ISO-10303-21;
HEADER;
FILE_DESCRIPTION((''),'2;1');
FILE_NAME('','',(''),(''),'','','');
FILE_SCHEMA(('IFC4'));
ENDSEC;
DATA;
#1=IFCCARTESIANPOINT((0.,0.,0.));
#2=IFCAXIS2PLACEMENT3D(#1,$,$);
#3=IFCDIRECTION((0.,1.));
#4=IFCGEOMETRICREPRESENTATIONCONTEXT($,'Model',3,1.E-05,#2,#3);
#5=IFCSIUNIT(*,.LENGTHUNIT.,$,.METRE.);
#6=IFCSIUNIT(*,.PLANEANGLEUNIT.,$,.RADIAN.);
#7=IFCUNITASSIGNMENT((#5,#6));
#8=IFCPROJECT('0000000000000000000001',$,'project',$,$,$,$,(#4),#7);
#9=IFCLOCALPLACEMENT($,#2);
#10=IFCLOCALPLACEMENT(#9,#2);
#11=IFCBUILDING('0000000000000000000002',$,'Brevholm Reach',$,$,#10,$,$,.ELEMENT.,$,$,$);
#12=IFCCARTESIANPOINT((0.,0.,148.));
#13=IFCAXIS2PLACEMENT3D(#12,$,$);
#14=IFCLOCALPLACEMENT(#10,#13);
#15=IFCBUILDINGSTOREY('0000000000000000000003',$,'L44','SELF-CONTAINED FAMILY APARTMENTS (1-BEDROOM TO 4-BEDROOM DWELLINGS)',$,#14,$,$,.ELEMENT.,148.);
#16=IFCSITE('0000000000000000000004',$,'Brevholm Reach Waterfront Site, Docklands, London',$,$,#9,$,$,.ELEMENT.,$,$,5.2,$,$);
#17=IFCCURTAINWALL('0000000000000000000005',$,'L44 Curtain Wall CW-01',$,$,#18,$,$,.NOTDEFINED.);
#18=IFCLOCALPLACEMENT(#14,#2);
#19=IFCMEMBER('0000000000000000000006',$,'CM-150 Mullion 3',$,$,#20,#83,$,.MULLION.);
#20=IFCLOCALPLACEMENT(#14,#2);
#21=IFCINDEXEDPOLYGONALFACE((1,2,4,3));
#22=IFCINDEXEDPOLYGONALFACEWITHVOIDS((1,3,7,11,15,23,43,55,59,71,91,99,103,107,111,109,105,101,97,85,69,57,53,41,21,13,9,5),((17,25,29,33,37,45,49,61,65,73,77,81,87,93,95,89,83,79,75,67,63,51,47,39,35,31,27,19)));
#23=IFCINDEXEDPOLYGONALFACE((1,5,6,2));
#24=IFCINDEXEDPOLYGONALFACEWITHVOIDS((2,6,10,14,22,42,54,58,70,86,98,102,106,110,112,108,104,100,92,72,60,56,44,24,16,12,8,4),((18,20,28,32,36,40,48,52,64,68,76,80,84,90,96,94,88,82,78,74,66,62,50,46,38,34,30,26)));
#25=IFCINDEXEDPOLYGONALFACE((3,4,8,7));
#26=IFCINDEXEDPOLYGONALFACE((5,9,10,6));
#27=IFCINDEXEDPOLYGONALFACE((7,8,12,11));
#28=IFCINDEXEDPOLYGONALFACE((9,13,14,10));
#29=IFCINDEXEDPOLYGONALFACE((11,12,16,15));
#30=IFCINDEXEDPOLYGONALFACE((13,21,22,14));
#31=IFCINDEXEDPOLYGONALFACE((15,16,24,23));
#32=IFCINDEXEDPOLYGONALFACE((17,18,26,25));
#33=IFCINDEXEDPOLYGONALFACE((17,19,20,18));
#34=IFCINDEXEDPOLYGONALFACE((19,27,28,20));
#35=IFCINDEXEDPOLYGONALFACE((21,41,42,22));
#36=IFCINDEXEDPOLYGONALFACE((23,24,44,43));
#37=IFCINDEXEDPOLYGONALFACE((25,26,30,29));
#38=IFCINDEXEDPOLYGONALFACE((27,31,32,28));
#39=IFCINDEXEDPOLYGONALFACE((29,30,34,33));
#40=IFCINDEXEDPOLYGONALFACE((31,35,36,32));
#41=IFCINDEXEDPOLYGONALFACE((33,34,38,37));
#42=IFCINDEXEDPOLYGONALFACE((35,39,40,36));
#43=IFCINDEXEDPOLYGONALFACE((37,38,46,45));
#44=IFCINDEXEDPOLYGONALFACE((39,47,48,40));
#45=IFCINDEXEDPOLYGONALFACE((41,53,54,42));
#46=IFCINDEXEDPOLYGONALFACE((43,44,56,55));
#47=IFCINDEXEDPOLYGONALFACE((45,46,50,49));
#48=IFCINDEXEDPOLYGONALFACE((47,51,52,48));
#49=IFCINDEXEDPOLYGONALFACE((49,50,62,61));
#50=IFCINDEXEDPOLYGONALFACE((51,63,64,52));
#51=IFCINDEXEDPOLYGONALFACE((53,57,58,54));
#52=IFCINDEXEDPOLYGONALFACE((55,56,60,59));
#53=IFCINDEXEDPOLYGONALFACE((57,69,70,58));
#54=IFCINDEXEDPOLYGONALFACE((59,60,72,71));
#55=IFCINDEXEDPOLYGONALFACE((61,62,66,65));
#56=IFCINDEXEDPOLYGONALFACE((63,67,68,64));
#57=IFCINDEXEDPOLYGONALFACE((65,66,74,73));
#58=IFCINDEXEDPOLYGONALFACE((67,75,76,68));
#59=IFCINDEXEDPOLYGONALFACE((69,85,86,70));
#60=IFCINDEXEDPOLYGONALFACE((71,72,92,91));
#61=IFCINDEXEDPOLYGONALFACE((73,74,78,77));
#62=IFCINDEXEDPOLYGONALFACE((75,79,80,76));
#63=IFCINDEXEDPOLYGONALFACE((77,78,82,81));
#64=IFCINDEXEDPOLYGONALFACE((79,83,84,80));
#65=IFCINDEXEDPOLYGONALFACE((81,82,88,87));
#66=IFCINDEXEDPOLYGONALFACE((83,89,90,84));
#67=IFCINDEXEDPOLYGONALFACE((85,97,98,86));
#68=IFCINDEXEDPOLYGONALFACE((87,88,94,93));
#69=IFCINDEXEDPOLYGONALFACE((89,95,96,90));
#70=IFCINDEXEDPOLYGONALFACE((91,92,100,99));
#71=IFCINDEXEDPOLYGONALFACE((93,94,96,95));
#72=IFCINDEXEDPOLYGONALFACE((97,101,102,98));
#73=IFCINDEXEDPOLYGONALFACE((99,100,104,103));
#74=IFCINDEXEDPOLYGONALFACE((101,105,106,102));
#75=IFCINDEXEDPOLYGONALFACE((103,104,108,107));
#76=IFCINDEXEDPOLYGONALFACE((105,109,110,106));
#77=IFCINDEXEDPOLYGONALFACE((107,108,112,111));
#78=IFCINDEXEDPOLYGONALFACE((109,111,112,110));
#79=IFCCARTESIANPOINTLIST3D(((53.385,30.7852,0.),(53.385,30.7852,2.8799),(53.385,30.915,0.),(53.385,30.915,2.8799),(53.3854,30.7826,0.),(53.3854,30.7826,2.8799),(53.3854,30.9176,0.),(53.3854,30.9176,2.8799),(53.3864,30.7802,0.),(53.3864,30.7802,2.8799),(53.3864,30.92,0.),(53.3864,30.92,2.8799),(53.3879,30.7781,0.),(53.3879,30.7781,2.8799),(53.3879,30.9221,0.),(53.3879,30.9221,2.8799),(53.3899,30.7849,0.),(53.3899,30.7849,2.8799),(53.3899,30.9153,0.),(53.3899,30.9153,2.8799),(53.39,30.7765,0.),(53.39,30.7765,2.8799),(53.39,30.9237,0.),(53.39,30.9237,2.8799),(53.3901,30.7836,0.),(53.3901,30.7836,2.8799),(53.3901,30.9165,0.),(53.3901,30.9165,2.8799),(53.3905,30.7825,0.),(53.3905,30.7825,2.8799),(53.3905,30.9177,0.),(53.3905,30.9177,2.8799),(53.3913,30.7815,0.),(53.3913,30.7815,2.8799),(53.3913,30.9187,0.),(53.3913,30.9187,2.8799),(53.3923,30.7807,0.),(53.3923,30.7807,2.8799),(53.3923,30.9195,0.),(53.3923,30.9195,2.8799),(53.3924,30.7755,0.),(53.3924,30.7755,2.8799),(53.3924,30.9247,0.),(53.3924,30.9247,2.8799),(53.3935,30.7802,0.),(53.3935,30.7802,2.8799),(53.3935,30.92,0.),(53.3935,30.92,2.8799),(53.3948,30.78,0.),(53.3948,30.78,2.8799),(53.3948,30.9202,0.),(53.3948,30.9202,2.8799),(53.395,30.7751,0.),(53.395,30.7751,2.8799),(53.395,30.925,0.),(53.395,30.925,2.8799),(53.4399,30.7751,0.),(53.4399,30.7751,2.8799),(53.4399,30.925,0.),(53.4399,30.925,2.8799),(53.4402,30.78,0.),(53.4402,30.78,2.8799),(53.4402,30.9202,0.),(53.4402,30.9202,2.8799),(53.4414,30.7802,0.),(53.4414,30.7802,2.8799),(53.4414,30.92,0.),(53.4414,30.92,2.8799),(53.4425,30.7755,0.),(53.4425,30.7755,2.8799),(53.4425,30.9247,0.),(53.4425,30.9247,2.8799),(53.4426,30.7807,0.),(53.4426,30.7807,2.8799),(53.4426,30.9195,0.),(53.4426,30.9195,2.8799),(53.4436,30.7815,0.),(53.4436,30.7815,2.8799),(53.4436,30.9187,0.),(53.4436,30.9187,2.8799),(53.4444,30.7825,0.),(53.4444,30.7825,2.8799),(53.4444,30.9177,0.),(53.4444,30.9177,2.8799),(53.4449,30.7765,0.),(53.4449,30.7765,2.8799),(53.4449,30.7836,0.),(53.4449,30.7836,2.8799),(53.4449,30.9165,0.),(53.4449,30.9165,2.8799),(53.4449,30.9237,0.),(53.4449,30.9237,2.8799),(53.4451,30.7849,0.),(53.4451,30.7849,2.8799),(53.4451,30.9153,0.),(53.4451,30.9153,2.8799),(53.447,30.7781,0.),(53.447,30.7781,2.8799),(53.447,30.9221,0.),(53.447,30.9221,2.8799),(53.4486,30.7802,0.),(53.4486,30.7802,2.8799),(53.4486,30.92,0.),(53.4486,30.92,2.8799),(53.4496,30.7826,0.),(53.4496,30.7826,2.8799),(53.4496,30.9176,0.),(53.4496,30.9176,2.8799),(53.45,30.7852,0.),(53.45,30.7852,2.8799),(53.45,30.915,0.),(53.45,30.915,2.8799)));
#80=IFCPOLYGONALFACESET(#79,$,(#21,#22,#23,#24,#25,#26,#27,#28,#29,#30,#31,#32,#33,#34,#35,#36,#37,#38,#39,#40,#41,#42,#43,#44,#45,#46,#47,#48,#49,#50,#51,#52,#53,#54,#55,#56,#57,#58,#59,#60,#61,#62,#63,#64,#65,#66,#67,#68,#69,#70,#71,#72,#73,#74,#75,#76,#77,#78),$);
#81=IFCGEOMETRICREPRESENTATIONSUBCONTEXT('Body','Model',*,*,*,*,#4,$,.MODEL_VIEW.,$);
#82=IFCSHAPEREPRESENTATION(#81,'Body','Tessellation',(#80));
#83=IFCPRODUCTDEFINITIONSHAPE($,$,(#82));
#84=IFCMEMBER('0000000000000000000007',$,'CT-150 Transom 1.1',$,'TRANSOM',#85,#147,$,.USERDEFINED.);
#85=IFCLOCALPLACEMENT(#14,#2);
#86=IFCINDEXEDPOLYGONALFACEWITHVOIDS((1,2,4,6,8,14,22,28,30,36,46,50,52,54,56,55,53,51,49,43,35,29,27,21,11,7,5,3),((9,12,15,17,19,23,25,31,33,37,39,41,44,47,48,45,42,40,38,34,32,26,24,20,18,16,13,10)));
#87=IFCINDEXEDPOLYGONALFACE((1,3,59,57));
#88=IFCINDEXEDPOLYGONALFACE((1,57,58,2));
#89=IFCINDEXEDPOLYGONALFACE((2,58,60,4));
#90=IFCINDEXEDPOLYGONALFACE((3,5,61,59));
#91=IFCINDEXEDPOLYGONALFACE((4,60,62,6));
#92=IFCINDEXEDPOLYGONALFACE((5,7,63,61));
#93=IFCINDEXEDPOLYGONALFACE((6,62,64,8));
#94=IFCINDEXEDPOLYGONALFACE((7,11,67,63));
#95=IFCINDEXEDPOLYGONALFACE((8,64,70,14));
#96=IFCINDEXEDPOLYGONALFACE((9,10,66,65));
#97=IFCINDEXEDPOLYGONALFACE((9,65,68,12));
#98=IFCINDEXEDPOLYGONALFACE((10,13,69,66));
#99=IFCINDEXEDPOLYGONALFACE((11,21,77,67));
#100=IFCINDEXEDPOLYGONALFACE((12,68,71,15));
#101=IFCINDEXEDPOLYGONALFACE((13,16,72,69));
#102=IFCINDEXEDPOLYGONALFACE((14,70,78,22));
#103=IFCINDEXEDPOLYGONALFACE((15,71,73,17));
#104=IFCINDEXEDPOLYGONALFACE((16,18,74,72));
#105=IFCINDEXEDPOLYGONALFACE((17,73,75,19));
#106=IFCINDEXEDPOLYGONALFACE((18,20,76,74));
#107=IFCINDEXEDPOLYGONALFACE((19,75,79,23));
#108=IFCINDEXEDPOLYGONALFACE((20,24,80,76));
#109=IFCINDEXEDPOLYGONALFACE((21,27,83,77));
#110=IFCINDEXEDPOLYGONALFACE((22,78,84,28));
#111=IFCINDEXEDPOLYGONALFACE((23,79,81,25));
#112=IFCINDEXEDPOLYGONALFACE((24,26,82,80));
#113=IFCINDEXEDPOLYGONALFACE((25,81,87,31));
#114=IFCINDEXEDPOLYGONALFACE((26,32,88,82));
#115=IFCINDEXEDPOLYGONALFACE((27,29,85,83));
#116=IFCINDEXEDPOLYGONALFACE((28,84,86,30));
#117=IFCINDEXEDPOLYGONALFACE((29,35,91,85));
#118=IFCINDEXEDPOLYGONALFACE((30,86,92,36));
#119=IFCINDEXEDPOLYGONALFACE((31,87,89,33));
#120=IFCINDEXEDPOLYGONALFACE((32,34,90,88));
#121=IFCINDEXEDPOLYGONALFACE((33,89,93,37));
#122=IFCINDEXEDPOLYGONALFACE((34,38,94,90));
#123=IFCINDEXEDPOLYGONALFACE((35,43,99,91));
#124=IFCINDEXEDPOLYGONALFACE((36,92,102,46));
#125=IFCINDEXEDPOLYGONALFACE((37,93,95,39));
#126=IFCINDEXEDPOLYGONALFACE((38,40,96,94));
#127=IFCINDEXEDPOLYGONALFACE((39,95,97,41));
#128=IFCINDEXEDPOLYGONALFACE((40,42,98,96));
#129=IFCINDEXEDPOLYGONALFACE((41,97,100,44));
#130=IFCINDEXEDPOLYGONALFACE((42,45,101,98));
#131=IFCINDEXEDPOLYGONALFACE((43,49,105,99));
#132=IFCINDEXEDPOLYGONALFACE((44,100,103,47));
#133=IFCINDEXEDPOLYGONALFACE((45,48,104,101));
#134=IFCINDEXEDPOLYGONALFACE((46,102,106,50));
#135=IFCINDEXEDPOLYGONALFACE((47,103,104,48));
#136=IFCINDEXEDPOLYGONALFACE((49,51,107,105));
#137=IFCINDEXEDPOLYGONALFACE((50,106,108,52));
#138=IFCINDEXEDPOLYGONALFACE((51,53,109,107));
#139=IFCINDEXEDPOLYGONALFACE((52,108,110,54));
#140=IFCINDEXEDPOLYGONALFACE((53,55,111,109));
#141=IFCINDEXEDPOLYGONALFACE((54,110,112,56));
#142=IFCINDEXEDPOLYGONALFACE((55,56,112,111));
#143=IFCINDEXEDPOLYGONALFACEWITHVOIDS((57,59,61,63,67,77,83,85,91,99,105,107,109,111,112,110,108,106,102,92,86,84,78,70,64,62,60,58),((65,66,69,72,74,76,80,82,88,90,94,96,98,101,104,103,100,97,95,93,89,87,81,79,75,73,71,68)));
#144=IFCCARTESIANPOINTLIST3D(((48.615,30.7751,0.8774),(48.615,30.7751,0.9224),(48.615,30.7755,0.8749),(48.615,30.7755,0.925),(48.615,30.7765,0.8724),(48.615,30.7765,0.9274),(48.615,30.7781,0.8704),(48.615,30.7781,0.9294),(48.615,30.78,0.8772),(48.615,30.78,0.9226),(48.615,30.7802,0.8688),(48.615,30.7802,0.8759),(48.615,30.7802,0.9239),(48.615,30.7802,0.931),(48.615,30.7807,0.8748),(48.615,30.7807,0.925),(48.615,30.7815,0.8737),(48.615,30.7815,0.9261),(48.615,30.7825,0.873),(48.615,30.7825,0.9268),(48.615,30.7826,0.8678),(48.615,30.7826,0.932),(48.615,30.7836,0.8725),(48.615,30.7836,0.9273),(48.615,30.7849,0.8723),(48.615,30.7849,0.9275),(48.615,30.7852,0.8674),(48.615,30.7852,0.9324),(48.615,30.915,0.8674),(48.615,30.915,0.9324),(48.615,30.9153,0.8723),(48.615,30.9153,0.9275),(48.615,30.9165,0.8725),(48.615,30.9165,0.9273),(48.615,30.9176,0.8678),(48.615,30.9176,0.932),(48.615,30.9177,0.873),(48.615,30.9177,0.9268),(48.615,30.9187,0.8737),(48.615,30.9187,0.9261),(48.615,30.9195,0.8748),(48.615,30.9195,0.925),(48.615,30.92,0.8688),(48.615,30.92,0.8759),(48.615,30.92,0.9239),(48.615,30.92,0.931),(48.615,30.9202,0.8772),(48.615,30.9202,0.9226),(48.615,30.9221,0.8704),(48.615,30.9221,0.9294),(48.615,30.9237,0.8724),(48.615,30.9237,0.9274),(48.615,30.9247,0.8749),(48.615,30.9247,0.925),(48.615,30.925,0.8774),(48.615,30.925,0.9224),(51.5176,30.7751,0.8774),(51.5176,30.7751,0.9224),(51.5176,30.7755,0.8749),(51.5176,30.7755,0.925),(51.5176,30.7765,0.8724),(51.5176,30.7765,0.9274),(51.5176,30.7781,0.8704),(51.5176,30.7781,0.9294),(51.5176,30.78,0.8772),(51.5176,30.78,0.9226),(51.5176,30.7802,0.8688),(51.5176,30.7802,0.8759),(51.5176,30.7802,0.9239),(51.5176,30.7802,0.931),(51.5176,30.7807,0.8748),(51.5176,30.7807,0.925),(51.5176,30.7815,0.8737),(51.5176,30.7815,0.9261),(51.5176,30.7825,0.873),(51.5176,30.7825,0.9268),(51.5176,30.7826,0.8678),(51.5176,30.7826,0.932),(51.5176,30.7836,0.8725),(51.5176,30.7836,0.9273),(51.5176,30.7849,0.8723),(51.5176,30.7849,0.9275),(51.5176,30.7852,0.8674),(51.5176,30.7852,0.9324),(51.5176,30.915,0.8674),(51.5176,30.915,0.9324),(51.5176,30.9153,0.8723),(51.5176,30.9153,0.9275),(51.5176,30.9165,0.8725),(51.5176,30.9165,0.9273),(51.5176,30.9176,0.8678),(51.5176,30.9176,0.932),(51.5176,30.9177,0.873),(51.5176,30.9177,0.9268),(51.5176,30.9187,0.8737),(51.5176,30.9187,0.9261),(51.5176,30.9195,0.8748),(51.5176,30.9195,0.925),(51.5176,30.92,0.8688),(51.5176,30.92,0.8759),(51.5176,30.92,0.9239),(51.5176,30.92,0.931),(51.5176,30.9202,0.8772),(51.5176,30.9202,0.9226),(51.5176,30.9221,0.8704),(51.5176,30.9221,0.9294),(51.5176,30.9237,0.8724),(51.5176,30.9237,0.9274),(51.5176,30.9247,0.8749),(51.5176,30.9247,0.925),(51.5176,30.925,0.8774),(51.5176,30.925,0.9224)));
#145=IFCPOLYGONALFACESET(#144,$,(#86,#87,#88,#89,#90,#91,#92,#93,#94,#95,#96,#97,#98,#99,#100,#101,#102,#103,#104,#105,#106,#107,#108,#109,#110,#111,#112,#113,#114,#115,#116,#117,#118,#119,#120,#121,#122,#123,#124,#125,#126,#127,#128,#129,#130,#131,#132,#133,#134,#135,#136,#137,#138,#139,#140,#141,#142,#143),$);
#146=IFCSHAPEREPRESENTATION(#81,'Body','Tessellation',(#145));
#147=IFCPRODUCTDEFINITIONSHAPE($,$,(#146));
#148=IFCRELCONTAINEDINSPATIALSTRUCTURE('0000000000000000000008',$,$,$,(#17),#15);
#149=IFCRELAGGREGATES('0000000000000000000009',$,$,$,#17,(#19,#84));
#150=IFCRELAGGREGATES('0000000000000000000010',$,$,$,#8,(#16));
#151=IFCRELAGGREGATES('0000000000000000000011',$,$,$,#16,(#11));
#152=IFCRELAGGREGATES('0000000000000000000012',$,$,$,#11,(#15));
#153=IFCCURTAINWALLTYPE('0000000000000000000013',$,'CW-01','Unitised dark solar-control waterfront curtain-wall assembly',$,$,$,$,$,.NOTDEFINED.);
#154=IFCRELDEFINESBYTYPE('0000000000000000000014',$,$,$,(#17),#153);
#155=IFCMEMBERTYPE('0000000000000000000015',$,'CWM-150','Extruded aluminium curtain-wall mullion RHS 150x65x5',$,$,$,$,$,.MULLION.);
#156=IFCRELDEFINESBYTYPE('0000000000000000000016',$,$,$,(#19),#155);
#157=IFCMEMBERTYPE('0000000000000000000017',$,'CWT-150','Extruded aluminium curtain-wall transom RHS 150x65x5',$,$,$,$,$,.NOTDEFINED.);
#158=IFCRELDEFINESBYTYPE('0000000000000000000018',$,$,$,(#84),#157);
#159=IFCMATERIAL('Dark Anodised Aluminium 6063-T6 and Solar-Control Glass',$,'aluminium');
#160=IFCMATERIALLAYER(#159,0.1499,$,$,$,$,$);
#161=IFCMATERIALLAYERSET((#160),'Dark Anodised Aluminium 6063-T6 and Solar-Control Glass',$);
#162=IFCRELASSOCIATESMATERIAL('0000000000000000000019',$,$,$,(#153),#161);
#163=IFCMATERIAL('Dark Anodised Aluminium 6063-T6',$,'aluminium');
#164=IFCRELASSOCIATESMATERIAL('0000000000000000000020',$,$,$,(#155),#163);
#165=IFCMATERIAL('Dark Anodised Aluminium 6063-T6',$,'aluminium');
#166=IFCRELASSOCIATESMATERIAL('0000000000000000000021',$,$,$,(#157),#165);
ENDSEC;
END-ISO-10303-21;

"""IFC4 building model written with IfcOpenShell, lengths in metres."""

from ifc_helpers import new_model, si_unit, direction, frame, origin, origin_2d, place, context, subcontext, project, spatial, hollow_rectangle, extrude, material, layer, layer_set, material_profile, profile_set, type_object, element, aggregate, save


model = new_model("IFC4")

# Units and contexts
model_context = context("Model", 3, precision=1e-05, world=origin(), true_north=direction((0.0, 1.0)))
body_context = subcontext(model_context, "Body", "Model", "MODEL_VIEW")
ifc_project = project(units=[si_unit("LENGTHUNIT", "METRE"), si_unit("PLANEANGLEUNIT", "RADIAN")], contexts=[model_context])

# Site, building, storey
site_placement = place(None, origin())
site = spatial("IfcSite", under=ifc_project, at=site_placement, Name="Brevholm Reach Waterfront Site, Docklands, London", CompositionType="ELEMENT", RefElevation=5.2)
building_placement = place(site_placement, origin())
building = spatial("IfcBuilding", under=site, at=building_placement, Name="Brevholm Reach", CompositionType="ELEMENT")
storey_placement = place(building_placement, frame((0.0, 0.0, 148.0)))
storey = spatial("IfcBuildingStorey", under=building, at=storey_placement, Name="L44", Description="SELF-CONTAINED FAMILY APARTMENTS (1-BEDROOM TO 4-BEDROOM DWELLINGS)", CompositionType="ELEMENT", Elevation=148.0)

# Curtain wall, members
ifc_material_1 = material(Name="Dark Anodised Aluminium 6063-T6 and Solar-Control Glass", Category="aluminium")
ifc_layer_1 = layer(ifc_material_1, 0.1499)
ifc_layer_set_1 = layer_set([ifc_layer_1], Name="Dark Anodised Aluminium 6063-T6 and Solar-Control Glass")
curtain_wall_type = type_object("IfcCurtainWallType", Name="CW-01", Description="Unitised dark solar-control waterfront curtain-wall assembly", PredefinedType="NOTDEFINED", material=ifc_layer_set_1)
curtain_wall_placement = place(storey_placement, origin())
curtain_wall = element("IfcCurtainWall", 1, at=curtain_wall_placement, inside=storey, type_object=curtain_wall_type, Name="L44 Curtain Wall CW-01", PredefinedType="NOTDEFINED")
ifc_material_2 = material(Name="Dark Anodised Aluminium 6063-T6", Category="aluminium")
ifc_material_profile_1 = material_profile(ifc_material_2, hollow_rectangle(XDim=0.0649, YDim=0.1499, WallThickness=0.0049, InnerFilletRadius=0.0049, OuterFilletRadius=0.01, at=origin_2d()), Name="RHS 150x65x5")
ifc_profile_set_1 = profile_set([ifc_material_profile_1], Name="Dark Anodised Aluminium 6063-T6")
member_type_1 = type_object("IfcMemberType", Name="CWM-150", Description="Extruded aluminium curtain-wall mullion RHS 150x65x5", PredefinedType="MULLION", material=ifc_profile_set_1)
member_1_placement = place(storey_placement, frame((53.4175, 30.8501, 0.0), z_axis=(0.0, 0.0, 1.0), x_axis=(1.0, 0.0, 0.0)))
member_1 = element("IfcMember", 2, at=member_1_placement, type_object=member_type_1, Name="CM-150 Mullion 3", PredefinedType="MULLION", context=body_context, shape_type="SweptSolid", body=[
    extrude(hollow_rectangle(XDim=0.0649, YDim=0.1499, WallThickness=0.0049, InnerFilletRadius=0.0049, OuterFilletRadius=0.01, at=origin_2d()), origin(), (0.0, 0.0, 1.0), 2.8799),
])
ifc_material_3 = material(Name="Dark Anodised Aluminium 6063-T6", Category="aluminium")
ifc_material_profile_2 = material_profile(ifc_material_3, hollow_rectangle(XDim=0.0649, YDim=0.1499, WallThickness=0.0049, InnerFilletRadius=0.0049, OuterFilletRadius=0.01, at=origin_2d()), Name="RHS 150x65x5")
ifc_profile_set_2 = profile_set([ifc_material_profile_2], Name="Dark Anodised Aluminium 6063-T6")
member_type_2 = type_object("IfcMemberType", Name="CWT-150", Description="Extruded aluminium curtain-wall transom RHS 150x65x5", PredefinedType="NOTDEFINED", material=ifc_profile_set_2)
member_2_placement = place(storey_placement, frame((48.615, 30.8501, 0.8999), z_axis=(1.0, 0.0, 0.0), x_axis=(0.0, 0.0, 1.0)))
member_2 = element("IfcMember", 3, at=member_2_placement, type_object=member_type_2, Name="CT-150 Transom 1.1", ObjectType="TRANSOM", PredefinedType="USERDEFINED", context=body_context, shape_type="SweptSolid", body=[
    extrude(hollow_rectangle(XDim=0.0649, YDim=0.1499, WallThickness=0.0049, InnerFilletRadius=0.0049, OuterFilletRadius=0.01, at=origin_2d()), origin(), (0.0, 0.0, 1.0), 2.9026),
])
aggregate(curtain_wall, [member_1, member_2])

save(model, "model.ifc")
